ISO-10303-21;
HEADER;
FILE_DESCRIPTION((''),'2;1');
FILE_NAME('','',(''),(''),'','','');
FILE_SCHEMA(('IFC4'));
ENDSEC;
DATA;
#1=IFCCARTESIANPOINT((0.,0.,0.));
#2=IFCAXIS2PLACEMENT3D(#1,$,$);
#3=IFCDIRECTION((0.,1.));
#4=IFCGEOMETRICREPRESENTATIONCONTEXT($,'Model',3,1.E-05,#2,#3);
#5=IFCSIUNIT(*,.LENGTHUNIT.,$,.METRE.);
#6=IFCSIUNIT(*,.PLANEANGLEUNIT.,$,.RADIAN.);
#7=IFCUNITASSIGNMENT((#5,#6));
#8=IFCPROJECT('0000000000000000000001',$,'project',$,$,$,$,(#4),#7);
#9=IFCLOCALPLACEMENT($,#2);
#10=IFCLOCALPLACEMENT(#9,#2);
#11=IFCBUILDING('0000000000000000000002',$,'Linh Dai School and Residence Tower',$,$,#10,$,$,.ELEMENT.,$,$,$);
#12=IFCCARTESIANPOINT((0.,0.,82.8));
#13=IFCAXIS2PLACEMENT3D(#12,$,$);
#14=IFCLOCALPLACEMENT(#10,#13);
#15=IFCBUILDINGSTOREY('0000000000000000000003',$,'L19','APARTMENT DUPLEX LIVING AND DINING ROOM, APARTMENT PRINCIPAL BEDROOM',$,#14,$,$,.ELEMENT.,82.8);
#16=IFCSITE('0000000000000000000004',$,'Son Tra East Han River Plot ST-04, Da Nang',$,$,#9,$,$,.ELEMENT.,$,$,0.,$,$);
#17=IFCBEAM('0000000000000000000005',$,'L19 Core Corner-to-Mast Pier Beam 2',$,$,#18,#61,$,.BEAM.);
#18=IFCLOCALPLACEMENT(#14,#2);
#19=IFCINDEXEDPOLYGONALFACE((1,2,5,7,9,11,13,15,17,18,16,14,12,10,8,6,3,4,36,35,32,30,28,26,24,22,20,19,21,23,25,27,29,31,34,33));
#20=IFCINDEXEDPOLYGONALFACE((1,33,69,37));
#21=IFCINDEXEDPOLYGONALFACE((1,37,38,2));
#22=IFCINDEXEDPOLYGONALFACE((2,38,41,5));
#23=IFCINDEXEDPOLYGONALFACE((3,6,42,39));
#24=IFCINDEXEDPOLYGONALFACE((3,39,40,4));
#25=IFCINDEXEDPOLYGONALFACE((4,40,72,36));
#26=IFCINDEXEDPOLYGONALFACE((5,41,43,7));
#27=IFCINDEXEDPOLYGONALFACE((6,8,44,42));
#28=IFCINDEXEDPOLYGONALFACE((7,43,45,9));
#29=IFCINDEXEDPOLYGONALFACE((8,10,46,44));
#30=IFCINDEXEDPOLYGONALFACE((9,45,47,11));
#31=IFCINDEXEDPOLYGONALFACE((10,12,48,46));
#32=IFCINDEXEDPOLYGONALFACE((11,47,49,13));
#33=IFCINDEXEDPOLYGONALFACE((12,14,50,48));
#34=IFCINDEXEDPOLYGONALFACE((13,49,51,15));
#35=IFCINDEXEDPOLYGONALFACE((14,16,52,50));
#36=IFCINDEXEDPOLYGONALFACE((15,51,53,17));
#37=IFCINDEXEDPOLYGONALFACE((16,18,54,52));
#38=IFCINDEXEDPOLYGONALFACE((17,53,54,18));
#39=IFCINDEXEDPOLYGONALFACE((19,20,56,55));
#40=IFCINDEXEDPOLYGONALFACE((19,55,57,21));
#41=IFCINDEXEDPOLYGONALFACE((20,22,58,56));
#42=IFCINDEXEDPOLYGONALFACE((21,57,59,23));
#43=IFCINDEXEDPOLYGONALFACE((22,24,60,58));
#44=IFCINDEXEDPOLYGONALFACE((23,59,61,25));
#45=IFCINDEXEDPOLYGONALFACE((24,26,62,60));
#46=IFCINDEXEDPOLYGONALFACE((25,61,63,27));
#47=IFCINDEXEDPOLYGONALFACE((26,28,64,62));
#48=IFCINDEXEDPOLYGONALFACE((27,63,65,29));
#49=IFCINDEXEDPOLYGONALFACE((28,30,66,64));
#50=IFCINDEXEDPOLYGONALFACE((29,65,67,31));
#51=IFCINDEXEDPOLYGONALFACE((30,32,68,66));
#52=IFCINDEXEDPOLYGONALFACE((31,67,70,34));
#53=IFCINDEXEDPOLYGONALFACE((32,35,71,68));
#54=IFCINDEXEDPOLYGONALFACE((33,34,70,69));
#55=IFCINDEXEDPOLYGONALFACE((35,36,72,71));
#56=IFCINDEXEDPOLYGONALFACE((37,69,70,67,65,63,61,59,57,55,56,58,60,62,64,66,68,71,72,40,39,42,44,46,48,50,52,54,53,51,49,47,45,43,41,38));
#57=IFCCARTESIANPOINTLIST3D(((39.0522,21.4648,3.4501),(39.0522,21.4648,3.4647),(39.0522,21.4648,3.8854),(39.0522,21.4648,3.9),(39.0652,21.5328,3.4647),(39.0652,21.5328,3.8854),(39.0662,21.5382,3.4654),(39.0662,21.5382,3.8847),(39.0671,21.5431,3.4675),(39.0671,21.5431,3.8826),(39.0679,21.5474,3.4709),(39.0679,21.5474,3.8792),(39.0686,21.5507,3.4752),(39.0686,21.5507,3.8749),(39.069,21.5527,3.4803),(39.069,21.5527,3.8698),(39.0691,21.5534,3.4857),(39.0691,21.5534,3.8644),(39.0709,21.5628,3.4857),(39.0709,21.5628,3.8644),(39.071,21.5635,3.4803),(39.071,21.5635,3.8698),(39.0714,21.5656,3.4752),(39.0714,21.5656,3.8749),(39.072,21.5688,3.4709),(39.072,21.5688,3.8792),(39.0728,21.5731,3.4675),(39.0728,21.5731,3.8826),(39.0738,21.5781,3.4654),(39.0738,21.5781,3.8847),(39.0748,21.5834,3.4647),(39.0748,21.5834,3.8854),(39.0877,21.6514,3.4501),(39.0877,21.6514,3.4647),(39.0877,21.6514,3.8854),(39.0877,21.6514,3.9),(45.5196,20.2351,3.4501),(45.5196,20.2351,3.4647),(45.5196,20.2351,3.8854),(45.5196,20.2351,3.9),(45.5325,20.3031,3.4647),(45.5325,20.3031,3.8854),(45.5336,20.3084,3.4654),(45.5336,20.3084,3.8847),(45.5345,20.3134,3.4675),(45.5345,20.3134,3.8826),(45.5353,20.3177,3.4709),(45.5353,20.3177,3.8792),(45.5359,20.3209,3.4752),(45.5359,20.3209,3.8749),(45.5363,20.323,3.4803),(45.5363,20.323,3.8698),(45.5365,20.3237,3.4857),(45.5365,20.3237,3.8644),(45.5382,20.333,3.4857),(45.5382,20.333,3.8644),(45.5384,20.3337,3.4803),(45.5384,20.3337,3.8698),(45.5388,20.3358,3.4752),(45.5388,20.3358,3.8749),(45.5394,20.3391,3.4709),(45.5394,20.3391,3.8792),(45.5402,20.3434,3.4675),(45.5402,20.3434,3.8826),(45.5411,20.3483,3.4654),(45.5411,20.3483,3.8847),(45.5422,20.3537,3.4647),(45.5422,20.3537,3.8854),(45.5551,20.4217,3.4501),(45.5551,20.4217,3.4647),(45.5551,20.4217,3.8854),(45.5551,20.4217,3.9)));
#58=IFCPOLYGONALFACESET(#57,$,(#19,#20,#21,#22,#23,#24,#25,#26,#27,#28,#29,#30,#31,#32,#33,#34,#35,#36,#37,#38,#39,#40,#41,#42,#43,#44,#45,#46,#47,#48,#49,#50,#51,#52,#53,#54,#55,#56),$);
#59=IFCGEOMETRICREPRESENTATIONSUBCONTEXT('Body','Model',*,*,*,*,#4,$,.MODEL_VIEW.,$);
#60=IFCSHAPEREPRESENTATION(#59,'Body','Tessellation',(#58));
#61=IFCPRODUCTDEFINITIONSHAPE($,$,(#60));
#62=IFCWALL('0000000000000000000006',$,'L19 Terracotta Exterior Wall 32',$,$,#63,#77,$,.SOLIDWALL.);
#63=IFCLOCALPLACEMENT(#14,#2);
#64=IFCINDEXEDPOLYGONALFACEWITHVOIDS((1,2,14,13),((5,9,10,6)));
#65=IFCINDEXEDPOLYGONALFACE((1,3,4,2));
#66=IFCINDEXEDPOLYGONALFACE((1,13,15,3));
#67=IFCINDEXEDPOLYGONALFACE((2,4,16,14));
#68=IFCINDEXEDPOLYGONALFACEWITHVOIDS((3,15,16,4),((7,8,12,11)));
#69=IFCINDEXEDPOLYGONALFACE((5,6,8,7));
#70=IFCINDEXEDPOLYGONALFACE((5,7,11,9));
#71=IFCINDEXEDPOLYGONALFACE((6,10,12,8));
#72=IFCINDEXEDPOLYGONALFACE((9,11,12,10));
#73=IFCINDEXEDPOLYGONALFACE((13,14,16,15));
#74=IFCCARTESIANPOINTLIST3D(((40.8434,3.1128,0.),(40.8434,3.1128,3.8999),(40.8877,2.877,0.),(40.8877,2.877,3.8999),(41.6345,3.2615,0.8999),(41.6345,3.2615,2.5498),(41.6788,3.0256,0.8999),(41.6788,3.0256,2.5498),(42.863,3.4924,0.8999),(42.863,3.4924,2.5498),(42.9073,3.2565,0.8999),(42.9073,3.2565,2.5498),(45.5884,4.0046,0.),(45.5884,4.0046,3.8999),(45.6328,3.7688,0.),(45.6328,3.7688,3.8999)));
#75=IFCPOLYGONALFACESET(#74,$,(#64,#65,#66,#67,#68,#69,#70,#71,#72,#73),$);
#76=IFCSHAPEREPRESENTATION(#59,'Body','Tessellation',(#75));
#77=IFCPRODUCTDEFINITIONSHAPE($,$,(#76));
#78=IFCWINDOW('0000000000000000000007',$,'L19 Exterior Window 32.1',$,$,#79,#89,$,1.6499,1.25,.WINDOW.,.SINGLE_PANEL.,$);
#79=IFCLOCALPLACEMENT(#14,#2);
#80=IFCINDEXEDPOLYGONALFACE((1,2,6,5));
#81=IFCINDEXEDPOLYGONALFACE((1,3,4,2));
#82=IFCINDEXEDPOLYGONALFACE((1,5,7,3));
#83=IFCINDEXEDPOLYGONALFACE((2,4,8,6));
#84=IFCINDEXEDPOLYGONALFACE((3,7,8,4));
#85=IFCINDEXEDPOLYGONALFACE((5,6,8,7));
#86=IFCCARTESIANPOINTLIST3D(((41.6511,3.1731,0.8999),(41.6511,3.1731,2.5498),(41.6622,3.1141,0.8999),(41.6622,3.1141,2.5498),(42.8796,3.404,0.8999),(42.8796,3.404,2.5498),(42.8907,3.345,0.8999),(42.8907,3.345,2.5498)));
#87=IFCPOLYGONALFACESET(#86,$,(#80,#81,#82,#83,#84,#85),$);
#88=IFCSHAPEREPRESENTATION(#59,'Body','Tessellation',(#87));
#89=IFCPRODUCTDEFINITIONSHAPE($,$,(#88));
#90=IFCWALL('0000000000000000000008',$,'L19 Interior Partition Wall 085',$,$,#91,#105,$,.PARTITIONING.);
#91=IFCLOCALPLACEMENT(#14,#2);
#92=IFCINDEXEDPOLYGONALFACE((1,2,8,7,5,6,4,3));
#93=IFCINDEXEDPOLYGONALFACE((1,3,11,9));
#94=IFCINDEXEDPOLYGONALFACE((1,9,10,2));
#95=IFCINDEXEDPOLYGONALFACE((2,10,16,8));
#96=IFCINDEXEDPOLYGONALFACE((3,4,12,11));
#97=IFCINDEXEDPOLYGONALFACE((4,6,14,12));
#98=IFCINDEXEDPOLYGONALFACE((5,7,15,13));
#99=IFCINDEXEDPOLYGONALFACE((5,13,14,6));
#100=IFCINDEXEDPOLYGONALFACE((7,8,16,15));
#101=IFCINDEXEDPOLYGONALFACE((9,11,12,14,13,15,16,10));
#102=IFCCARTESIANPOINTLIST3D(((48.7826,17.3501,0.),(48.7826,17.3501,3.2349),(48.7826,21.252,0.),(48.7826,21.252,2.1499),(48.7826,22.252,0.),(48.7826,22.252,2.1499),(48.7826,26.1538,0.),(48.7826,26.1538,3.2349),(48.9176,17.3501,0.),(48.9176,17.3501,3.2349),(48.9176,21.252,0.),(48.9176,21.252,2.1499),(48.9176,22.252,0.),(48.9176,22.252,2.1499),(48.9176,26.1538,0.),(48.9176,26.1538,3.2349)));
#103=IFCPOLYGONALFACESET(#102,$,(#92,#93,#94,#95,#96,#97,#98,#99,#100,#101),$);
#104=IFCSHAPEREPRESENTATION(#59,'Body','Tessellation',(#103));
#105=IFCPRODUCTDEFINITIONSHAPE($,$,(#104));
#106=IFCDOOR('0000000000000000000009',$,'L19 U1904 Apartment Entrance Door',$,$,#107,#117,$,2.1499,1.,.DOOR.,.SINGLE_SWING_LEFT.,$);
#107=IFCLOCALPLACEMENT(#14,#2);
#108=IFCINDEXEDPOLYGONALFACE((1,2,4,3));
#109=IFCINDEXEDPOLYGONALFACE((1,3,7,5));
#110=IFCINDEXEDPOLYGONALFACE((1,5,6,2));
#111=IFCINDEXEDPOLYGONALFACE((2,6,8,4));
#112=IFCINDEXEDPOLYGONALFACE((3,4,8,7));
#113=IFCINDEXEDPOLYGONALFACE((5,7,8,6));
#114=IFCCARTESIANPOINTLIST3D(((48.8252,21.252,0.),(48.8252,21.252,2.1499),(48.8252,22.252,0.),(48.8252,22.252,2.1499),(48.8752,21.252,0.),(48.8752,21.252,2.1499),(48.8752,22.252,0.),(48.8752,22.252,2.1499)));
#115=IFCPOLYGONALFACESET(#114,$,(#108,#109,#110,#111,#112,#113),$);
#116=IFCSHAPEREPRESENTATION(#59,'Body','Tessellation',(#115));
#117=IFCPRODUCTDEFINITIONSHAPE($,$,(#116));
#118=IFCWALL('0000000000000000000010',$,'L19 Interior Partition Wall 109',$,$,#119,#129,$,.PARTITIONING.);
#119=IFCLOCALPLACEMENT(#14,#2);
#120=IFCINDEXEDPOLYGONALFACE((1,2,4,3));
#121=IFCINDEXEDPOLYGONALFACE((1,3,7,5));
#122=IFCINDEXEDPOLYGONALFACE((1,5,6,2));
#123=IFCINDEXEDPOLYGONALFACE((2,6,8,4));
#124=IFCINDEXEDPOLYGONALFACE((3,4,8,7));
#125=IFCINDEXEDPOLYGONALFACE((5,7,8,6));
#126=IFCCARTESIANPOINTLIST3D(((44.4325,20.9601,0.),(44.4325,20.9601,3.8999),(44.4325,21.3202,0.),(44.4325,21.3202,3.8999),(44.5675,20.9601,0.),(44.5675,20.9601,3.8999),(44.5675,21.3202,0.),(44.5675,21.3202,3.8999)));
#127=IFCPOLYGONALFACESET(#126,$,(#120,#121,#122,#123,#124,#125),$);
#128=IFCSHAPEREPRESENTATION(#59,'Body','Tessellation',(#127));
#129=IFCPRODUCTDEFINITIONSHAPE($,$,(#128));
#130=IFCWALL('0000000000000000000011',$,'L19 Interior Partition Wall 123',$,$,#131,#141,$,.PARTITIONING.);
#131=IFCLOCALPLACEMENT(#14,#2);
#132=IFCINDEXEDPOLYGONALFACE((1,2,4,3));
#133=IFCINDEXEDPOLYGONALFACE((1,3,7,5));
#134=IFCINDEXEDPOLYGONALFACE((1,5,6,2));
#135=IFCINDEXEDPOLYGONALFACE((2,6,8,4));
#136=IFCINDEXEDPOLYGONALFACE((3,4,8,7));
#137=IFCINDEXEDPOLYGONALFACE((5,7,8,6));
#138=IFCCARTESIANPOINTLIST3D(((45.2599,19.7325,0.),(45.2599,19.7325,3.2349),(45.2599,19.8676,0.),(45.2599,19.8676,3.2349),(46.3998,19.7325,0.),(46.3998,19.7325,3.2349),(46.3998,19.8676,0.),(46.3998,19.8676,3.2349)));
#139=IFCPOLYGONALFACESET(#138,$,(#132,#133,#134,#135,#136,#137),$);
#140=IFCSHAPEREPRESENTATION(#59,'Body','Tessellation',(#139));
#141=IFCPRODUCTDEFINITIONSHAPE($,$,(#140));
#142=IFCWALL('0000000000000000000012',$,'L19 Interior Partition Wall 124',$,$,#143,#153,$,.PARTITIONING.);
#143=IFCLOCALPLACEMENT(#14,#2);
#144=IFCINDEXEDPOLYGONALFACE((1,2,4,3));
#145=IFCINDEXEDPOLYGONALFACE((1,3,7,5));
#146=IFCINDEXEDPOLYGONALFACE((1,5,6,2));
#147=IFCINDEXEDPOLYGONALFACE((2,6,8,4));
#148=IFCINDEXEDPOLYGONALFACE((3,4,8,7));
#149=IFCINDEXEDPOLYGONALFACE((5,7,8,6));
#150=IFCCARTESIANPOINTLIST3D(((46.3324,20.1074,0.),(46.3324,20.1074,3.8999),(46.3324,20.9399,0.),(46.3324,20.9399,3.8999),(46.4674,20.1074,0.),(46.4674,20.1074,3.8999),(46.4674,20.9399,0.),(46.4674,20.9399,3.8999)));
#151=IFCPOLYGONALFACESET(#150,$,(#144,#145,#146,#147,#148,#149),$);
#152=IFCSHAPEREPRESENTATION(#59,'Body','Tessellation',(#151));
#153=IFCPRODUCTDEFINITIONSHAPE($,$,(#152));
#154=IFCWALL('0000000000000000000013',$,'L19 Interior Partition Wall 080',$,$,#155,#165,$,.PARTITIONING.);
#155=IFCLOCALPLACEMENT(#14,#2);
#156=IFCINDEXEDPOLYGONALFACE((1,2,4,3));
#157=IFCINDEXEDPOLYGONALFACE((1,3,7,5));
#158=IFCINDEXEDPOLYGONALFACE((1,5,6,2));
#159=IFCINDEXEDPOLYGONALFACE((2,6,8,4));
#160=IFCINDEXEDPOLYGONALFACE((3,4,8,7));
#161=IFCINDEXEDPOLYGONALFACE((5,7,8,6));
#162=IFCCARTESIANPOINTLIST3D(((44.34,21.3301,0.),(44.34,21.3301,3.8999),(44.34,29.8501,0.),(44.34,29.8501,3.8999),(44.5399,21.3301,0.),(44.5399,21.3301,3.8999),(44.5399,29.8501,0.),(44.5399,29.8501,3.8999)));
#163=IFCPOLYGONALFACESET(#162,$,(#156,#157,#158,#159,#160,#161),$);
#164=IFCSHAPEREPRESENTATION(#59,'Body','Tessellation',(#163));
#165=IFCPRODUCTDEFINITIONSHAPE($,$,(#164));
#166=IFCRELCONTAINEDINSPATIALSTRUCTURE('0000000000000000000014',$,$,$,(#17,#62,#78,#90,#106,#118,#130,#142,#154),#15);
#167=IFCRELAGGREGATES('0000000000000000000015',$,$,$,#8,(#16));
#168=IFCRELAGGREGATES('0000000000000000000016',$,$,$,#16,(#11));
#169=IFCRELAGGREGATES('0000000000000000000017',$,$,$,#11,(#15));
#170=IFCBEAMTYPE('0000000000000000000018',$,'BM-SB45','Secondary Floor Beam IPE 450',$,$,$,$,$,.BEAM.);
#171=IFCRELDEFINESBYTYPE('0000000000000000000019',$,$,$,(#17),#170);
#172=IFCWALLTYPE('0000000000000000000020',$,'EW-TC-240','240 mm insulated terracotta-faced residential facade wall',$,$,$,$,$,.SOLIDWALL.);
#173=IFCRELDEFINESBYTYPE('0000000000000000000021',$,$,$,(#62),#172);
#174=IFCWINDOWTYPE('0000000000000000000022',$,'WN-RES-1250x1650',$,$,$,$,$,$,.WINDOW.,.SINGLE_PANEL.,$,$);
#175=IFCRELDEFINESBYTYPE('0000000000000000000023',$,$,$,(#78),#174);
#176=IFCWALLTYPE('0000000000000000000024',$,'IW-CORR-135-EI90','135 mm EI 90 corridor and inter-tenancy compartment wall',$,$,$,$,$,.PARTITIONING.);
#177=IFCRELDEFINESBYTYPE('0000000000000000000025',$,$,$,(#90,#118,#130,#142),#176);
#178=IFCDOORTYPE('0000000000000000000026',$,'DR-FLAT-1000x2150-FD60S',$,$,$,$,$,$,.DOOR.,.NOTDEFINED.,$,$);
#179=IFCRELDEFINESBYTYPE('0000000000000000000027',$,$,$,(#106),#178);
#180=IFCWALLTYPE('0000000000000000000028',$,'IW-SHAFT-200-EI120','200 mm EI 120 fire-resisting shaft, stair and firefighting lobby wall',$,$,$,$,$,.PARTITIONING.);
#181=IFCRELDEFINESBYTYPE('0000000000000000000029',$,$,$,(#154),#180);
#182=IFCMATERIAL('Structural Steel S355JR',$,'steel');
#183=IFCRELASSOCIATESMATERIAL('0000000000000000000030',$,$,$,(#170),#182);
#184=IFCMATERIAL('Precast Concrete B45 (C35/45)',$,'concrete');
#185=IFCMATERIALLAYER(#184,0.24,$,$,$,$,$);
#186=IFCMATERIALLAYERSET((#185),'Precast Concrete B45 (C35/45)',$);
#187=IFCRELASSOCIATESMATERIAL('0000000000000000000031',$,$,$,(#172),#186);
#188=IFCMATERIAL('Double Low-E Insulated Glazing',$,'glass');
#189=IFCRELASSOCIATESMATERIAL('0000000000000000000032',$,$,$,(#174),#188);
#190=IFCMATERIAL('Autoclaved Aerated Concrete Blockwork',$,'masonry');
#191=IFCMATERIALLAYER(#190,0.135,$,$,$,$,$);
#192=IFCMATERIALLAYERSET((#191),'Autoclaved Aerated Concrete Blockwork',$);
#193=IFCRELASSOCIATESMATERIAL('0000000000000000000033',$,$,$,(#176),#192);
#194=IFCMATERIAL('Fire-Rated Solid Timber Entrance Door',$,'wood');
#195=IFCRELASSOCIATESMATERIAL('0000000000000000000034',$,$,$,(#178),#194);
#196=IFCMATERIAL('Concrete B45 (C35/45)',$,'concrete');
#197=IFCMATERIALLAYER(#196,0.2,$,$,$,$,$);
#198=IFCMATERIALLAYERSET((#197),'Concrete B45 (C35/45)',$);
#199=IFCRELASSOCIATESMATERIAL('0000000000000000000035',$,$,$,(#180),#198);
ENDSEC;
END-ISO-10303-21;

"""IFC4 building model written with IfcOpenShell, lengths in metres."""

from ifc_helpers import new_model, si_unit, direction, frame, frame_2d, origin, origin_2d, place, context, subcontext, project, spatial, rectangle, i_section, extrude, source, transform, mapped, material, layer, layer_set, material_profile, profile_set, type_object, element, fill, save


model = new_model("IFC4")

# Units and contexts
model_context = context("Model", 3, precision=1e-05, world=origin(), true_north=direction((0.0, 1.0)))
body_context = subcontext(model_context, "Body", "Model", "MODEL_VIEW")
ifc_project = project(units=[si_unit("LENGTHUNIT", "METRE"), si_unit("PLANEANGLEUNIT", "RADIAN")], contexts=[model_context])

# Site, building, storey
site_placement = place(None, origin())
site = spatial("IfcSite", under=ifc_project, at=site_placement, Name="Son Tra East Han River Plot ST-04, Da Nang", CompositionType="ELEMENT", RefElevation=0.0)
building_placement = place(site_placement, origin())
building = spatial("IfcBuilding", under=site, at=building_placement, Name="Linh Dai School and Residence Tower", CompositionType="ELEMENT")
storey_placement = place(building_placement, frame((0.0, 0.0, 82.8)))
storey = spatial("IfcBuildingStorey", under=building, at=storey_placement, Name="L19", Description="APARTMENT DUPLEX LIVING AND DINING ROOM, APARTMENT PRINCIPAL BEDROOM", CompositionType="ELEMENT", Elevation=82.8)

# Shared definitions
ifc_material_1 = material(Name="Structural Steel S355JR", Category="steel")

# Beam
ifc_material_profile_1 = material_profile(ifc_material_1, i_section(OverallWidth=0.1899, OverallDepth=0.45, WebThickness=0.0095, FlangeThickness=0.0146, FilletRadius=0.021, at=origin_2d()), Name="IPE 450")
ifc_profile_set_1 = profile_set([ifc_material_profile_1], Name="Structural Steel S355JR")
beam_type_1 = type_object("IfcBeamType", Name="BM-SB45", Description="Secondary Floor Beam IPE 450", PredefinedType="BEAM", material=ifc_profile_set_1)
beam_1_placement = place(storey_placement, frame((45.5374, 20.3284, 3.675), z_axis=(-0.982398, 0.1868, 0.0), x_axis=(-0.1868, -0.982398, 0.0)))
element("IfcBeam", 1, at=beam_1_placement, inside=storey, type_object=beam_type_1, Name="L19 Core Corner-to-Mast Pier Beam 2", PredefinedType="BEAM", context=body_context, shape_type="SweptSolid", body=[
    extrude(i_section(OverallWidth=0.1899, OverallDepth=0.45, WebThickness=0.0095, FlangeThickness=0.0146, FilletRadius=0.021, at=origin_2d()), origin(), (0.0, 0.0, 1.0), 6.5833),
])

# Wall, opening, window
ifc_material_2 = material(Name="Precast Concrete B45 (C35/45)", Category="concrete")
ifc_layer_1 = layer(ifc_material_2, 0.24)
ifc_layer_set_1 = layer_set([ifc_layer_1], Name="Precast Concrete B45 (C35/45)")
wall_type_1 = type_object("IfcWallType", Name="EW-TC-240", Description="240 mm insulated terracotta-faced residential facade wall", PredefinedType="SOLIDWALL", material=ifc_layer_set_1)
wall_1_placement = place(storey_placement, frame((45.6106, 3.8867, 0.0), z_axis=(0.0, 0.0, 1.0), x_axis=(-0.982792, -0.184716, 0.0)))
wall_1 = element("IfcWall", 2, at=wall_1_placement, inside=storey, type_object=wall_type_1, Name="L19 Terracotta Exterior Wall 32", PredefinedType="SOLIDWALL", context=body_context, shape_type="SweptSolid", body=[
    extrude(rectangle(XDim=4.8281, YDim=0.24, at=frame_2d((2.4141, 0.0))), origin(), (0.0, 0.0, 1.0), 3.8999),
])
opening_1_placement = place(wall_1_placement, frame((2.7732, 0.0, 0.8999)))
opening_1 = element("IfcOpeningElement", 3, at=opening_1_placement, cuts=wall_1, PredefinedType="OPENING", context=body_context, shape_type="SweptSolid", body=[
    extrude(rectangle(XDim=1.25, YDim=1.6499, at=origin_2d()), frame((0.625, 0.1299, 0.825), z_axis=(0.0, -1.0, 0.0), x_axis=(1.0, 0.0, 0.0)), (0.0, 0.0, 1.0), 0.26),
])
ifc_material_3 = material(Name="Double Low-E Insulated Glazing", Category="glass")
window_type = type_object("IfcWindowType", Name="WN-RES-1250x1650", PartitioningType="SINGLE_PANEL", PredefinedType="WINDOW", material=ifc_material_3)
shared_shape_1 = source(origin(), body_context, "Body", "SweptSolid", [
    extrude(rectangle(XDim=1.25, YDim=1.6499, at=origin_2d()), frame((0.625, 0.03, 0.825), z_axis=(0.0, -1.0, 0.0), x_axis=(1.0, 0.0, 0.0)), (0.0, 0.0, 1.0), 0.0601),
])
window_placement = place(opening_1_placement, origin())
window = element("IfcWindow", 4, at=window_placement, inside=storey, type_object=window_type, Name="L19 Exterior Window 32.1", OverallHeight=1.6499, OverallWidth=1.25, PartitioningType="SINGLE_PANEL", PredefinedType="WINDOW", context=body_context, shape_type="MappedRepresentation", body=[
    mapped(shared_shape_1, transform((0.0, 0.0, 0.0), x_axis=(1.0, 0.0, 0.0), y_axis=(0.0, 1.0, 0.0), z_axis=(0.0, 0.0, 1.0), scale=1.0)),
])
fill(opening_1, window)

# Wall, opening, door
ifc_material_4 = material(Name="Autoclaved Aerated Concrete Blockwork", Category="masonry")
ifc_layer_2 = layer(ifc_material_4, 0.135)
ifc_layer_set_2 = layer_set([ifc_layer_2], Name="Autoclaved Aerated Concrete Blockwork")
wall_type_2 = type_object("IfcWallType", Name="IW-CORR-135-EI90", Description="135 mm EI 90 corridor and inter-tenancy compartment wall", PredefinedType="PARTITIONING", material=ifc_layer_set_2)
wall_2_placement = place(storey_placement, frame((48.8501, 17.3501, 0.0), z_axis=(0.0, 0.0, 1.0), x_axis=(0.0, 1.0, 0.0)))
wall_2 = element("IfcWall", 5, at=wall_2_placement, inside=storey, type_object=wall_type_2, Name="L19 Interior Partition Wall 085", PredefinedType="PARTITIONING", context=body_context, shape_type="SweptSolid", body=[
    extrude(rectangle(XDim=8.8037, YDim=0.135, at=frame_2d((4.4019, 0.0))), origin(), (0.0, 0.0, 1.0), 3.2349),
])
opening_2_placement = place(wall_2_placement, frame((3.9019, 0.0, 0.0)))
opening_2 = element("IfcOpeningElement", 6, at=opening_2_placement, cuts=wall_2, PredefinedType="OPENING", context=body_context, shape_type="SweptSolid", body=[
    extrude(rectangle(XDim=1.0, YDim=2.1499, at=origin_2d()), frame((0.5, 0.0776, 1.075), z_axis=(0.0, -1.0, 0.0), x_axis=(1.0, 0.0, 0.0)), (0.0, 0.0, 1.0), 0.155),
])
ifc_material_5 = material(Name="Fire-Rated Solid Timber Entrance Door", Category="wood")
door_type_1 = type_object("IfcDoorType", Name="DR-FLAT-1000x2150-FD60S", OperationType="NOTDEFINED", PredefinedType="DOOR", material=ifc_material_5)
shared_shape_2 = source(origin(), body_context, "Body", "SweptSolid", [
    extrude(rectangle(XDim=1.0, YDim=2.1499, at=origin_2d()), frame((0.5, 0.0249, 1.075), z_axis=(0.0, -1.0, 0.0), x_axis=(1.0, 0.0, 0.0)), (0.0, 0.0, 1.0), 0.05),
])
door_1_placement = place(opening_2_placement, origin())
door_1 = element("IfcDoor", 7, at=door_1_placement, inside=storey, type_object=door_type_1, Name="L19 U1904 Apartment Entrance Door", OperationType="SINGLE_SWING_LEFT", OverallHeight=2.1499, OverallWidth=1.0, PredefinedType="DOOR", context=body_context, shape_type="MappedRepresentation", body=[
    mapped(shared_shape_2, transform((0.0, 0.0, 0.0), x_axis=(1.0, 0.0, 0.0), y_axis=(0.0, 1.0, 0.0), z_axis=(0.0, 0.0, 1.0), scale=1.0)),
])
fill(opening_2, door_1)

# Walls
wall_3_placement = place(storey_placement, frame((44.5, 20.96, 0.0), z_axis=(0.0, 0.0, 1.0), x_axis=(0.0, 1.0, 0.0)))
element("IfcWall", 8, at=wall_3_placement, inside=storey, type_object=wall_type_2, Name="L19 Interior Partition Wall 109", PredefinedType="PARTITIONING", context=body_context, shape_type="SweptSolid", body=[
    extrude(rectangle(XDim=0.3601, YDim=0.135, at=frame_2d((0.1802, 0.0))), origin(), (0.0, 0.0, 1.0), 3.8999),
])
wall_4_placement = place(storey_placement, frame((45.26, 19.8, 0.0), z_axis=(0.0, 0.0, 1.0), x_axis=(1.0, 0.0, 0.0)))
element("IfcWall", 9, at=wall_4_placement, inside=storey, type_object=wall_type_2, Name="L19 Interior Partition Wall 123", PredefinedType="PARTITIONING", context=body_context, shape_type="SweptSolid", body=[
    extrude(rectangle(XDim=1.1399, YDim=0.135, at=frame_2d((0.5698, 0.0))), origin(), (0.0, 0.0, 1.0), 3.2349),
])
wall_5_placement = place(storey_placement, frame((46.3999, 20.1074, 0.0), z_axis=(0.0, 0.0, 1.0), x_axis=(0.0, 1.0, 0.0)))
element("IfcWall", 10, at=wall_5_placement, inside=storey, type_object=wall_type_2, Name="L19 Interior Partition Wall 124", PredefinedType="PARTITIONING", context=body_context, shape_type="SweptSolid", body=[
    extrude(rectangle(XDim=0.8325, YDim=0.135, at=frame_2d((0.4163, 0.0))), origin(), (0.0, 0.0, 1.0), 3.8999),
])
ifc_material_6 = material(Name="Concrete B45 (C35/45)", Category="concrete")
ifc_layer_3 = layer(ifc_material_6, 0.2)
ifc_layer_set_3 = layer_set([ifc_layer_3], Name="Concrete B45 (C35/45)")
wall_type_3 = type_object("IfcWallType", Name="IW-SHAFT-200-EI120", Description="200 mm EI 120 fire-resisting shaft, stair and firefighting lobby wall", PredefinedType="PARTITIONING", material=ifc_layer_set_3)
wall_6_placement = place(storey_placement, frame((44.4399, 21.3301, 0.0), z_axis=(0.0, 0.0, 1.0), x_axis=(0.0, 1.0, 0.0)))
element("IfcWall", 11, at=wall_6_placement, inside=storey, type_object=wall_type_3, Name="L19 Interior Partition Wall 080", PredefinedType="PARTITIONING", context=body_context, shape_type="SweptSolid", body=[
    extrude(rectangle(XDim=8.52, YDim=0.2, at=frame_2d((4.26, 0.0))), origin(), (0.0, 0.0, 1.0), 3.8999),
])

save(model, "model.ifc")
